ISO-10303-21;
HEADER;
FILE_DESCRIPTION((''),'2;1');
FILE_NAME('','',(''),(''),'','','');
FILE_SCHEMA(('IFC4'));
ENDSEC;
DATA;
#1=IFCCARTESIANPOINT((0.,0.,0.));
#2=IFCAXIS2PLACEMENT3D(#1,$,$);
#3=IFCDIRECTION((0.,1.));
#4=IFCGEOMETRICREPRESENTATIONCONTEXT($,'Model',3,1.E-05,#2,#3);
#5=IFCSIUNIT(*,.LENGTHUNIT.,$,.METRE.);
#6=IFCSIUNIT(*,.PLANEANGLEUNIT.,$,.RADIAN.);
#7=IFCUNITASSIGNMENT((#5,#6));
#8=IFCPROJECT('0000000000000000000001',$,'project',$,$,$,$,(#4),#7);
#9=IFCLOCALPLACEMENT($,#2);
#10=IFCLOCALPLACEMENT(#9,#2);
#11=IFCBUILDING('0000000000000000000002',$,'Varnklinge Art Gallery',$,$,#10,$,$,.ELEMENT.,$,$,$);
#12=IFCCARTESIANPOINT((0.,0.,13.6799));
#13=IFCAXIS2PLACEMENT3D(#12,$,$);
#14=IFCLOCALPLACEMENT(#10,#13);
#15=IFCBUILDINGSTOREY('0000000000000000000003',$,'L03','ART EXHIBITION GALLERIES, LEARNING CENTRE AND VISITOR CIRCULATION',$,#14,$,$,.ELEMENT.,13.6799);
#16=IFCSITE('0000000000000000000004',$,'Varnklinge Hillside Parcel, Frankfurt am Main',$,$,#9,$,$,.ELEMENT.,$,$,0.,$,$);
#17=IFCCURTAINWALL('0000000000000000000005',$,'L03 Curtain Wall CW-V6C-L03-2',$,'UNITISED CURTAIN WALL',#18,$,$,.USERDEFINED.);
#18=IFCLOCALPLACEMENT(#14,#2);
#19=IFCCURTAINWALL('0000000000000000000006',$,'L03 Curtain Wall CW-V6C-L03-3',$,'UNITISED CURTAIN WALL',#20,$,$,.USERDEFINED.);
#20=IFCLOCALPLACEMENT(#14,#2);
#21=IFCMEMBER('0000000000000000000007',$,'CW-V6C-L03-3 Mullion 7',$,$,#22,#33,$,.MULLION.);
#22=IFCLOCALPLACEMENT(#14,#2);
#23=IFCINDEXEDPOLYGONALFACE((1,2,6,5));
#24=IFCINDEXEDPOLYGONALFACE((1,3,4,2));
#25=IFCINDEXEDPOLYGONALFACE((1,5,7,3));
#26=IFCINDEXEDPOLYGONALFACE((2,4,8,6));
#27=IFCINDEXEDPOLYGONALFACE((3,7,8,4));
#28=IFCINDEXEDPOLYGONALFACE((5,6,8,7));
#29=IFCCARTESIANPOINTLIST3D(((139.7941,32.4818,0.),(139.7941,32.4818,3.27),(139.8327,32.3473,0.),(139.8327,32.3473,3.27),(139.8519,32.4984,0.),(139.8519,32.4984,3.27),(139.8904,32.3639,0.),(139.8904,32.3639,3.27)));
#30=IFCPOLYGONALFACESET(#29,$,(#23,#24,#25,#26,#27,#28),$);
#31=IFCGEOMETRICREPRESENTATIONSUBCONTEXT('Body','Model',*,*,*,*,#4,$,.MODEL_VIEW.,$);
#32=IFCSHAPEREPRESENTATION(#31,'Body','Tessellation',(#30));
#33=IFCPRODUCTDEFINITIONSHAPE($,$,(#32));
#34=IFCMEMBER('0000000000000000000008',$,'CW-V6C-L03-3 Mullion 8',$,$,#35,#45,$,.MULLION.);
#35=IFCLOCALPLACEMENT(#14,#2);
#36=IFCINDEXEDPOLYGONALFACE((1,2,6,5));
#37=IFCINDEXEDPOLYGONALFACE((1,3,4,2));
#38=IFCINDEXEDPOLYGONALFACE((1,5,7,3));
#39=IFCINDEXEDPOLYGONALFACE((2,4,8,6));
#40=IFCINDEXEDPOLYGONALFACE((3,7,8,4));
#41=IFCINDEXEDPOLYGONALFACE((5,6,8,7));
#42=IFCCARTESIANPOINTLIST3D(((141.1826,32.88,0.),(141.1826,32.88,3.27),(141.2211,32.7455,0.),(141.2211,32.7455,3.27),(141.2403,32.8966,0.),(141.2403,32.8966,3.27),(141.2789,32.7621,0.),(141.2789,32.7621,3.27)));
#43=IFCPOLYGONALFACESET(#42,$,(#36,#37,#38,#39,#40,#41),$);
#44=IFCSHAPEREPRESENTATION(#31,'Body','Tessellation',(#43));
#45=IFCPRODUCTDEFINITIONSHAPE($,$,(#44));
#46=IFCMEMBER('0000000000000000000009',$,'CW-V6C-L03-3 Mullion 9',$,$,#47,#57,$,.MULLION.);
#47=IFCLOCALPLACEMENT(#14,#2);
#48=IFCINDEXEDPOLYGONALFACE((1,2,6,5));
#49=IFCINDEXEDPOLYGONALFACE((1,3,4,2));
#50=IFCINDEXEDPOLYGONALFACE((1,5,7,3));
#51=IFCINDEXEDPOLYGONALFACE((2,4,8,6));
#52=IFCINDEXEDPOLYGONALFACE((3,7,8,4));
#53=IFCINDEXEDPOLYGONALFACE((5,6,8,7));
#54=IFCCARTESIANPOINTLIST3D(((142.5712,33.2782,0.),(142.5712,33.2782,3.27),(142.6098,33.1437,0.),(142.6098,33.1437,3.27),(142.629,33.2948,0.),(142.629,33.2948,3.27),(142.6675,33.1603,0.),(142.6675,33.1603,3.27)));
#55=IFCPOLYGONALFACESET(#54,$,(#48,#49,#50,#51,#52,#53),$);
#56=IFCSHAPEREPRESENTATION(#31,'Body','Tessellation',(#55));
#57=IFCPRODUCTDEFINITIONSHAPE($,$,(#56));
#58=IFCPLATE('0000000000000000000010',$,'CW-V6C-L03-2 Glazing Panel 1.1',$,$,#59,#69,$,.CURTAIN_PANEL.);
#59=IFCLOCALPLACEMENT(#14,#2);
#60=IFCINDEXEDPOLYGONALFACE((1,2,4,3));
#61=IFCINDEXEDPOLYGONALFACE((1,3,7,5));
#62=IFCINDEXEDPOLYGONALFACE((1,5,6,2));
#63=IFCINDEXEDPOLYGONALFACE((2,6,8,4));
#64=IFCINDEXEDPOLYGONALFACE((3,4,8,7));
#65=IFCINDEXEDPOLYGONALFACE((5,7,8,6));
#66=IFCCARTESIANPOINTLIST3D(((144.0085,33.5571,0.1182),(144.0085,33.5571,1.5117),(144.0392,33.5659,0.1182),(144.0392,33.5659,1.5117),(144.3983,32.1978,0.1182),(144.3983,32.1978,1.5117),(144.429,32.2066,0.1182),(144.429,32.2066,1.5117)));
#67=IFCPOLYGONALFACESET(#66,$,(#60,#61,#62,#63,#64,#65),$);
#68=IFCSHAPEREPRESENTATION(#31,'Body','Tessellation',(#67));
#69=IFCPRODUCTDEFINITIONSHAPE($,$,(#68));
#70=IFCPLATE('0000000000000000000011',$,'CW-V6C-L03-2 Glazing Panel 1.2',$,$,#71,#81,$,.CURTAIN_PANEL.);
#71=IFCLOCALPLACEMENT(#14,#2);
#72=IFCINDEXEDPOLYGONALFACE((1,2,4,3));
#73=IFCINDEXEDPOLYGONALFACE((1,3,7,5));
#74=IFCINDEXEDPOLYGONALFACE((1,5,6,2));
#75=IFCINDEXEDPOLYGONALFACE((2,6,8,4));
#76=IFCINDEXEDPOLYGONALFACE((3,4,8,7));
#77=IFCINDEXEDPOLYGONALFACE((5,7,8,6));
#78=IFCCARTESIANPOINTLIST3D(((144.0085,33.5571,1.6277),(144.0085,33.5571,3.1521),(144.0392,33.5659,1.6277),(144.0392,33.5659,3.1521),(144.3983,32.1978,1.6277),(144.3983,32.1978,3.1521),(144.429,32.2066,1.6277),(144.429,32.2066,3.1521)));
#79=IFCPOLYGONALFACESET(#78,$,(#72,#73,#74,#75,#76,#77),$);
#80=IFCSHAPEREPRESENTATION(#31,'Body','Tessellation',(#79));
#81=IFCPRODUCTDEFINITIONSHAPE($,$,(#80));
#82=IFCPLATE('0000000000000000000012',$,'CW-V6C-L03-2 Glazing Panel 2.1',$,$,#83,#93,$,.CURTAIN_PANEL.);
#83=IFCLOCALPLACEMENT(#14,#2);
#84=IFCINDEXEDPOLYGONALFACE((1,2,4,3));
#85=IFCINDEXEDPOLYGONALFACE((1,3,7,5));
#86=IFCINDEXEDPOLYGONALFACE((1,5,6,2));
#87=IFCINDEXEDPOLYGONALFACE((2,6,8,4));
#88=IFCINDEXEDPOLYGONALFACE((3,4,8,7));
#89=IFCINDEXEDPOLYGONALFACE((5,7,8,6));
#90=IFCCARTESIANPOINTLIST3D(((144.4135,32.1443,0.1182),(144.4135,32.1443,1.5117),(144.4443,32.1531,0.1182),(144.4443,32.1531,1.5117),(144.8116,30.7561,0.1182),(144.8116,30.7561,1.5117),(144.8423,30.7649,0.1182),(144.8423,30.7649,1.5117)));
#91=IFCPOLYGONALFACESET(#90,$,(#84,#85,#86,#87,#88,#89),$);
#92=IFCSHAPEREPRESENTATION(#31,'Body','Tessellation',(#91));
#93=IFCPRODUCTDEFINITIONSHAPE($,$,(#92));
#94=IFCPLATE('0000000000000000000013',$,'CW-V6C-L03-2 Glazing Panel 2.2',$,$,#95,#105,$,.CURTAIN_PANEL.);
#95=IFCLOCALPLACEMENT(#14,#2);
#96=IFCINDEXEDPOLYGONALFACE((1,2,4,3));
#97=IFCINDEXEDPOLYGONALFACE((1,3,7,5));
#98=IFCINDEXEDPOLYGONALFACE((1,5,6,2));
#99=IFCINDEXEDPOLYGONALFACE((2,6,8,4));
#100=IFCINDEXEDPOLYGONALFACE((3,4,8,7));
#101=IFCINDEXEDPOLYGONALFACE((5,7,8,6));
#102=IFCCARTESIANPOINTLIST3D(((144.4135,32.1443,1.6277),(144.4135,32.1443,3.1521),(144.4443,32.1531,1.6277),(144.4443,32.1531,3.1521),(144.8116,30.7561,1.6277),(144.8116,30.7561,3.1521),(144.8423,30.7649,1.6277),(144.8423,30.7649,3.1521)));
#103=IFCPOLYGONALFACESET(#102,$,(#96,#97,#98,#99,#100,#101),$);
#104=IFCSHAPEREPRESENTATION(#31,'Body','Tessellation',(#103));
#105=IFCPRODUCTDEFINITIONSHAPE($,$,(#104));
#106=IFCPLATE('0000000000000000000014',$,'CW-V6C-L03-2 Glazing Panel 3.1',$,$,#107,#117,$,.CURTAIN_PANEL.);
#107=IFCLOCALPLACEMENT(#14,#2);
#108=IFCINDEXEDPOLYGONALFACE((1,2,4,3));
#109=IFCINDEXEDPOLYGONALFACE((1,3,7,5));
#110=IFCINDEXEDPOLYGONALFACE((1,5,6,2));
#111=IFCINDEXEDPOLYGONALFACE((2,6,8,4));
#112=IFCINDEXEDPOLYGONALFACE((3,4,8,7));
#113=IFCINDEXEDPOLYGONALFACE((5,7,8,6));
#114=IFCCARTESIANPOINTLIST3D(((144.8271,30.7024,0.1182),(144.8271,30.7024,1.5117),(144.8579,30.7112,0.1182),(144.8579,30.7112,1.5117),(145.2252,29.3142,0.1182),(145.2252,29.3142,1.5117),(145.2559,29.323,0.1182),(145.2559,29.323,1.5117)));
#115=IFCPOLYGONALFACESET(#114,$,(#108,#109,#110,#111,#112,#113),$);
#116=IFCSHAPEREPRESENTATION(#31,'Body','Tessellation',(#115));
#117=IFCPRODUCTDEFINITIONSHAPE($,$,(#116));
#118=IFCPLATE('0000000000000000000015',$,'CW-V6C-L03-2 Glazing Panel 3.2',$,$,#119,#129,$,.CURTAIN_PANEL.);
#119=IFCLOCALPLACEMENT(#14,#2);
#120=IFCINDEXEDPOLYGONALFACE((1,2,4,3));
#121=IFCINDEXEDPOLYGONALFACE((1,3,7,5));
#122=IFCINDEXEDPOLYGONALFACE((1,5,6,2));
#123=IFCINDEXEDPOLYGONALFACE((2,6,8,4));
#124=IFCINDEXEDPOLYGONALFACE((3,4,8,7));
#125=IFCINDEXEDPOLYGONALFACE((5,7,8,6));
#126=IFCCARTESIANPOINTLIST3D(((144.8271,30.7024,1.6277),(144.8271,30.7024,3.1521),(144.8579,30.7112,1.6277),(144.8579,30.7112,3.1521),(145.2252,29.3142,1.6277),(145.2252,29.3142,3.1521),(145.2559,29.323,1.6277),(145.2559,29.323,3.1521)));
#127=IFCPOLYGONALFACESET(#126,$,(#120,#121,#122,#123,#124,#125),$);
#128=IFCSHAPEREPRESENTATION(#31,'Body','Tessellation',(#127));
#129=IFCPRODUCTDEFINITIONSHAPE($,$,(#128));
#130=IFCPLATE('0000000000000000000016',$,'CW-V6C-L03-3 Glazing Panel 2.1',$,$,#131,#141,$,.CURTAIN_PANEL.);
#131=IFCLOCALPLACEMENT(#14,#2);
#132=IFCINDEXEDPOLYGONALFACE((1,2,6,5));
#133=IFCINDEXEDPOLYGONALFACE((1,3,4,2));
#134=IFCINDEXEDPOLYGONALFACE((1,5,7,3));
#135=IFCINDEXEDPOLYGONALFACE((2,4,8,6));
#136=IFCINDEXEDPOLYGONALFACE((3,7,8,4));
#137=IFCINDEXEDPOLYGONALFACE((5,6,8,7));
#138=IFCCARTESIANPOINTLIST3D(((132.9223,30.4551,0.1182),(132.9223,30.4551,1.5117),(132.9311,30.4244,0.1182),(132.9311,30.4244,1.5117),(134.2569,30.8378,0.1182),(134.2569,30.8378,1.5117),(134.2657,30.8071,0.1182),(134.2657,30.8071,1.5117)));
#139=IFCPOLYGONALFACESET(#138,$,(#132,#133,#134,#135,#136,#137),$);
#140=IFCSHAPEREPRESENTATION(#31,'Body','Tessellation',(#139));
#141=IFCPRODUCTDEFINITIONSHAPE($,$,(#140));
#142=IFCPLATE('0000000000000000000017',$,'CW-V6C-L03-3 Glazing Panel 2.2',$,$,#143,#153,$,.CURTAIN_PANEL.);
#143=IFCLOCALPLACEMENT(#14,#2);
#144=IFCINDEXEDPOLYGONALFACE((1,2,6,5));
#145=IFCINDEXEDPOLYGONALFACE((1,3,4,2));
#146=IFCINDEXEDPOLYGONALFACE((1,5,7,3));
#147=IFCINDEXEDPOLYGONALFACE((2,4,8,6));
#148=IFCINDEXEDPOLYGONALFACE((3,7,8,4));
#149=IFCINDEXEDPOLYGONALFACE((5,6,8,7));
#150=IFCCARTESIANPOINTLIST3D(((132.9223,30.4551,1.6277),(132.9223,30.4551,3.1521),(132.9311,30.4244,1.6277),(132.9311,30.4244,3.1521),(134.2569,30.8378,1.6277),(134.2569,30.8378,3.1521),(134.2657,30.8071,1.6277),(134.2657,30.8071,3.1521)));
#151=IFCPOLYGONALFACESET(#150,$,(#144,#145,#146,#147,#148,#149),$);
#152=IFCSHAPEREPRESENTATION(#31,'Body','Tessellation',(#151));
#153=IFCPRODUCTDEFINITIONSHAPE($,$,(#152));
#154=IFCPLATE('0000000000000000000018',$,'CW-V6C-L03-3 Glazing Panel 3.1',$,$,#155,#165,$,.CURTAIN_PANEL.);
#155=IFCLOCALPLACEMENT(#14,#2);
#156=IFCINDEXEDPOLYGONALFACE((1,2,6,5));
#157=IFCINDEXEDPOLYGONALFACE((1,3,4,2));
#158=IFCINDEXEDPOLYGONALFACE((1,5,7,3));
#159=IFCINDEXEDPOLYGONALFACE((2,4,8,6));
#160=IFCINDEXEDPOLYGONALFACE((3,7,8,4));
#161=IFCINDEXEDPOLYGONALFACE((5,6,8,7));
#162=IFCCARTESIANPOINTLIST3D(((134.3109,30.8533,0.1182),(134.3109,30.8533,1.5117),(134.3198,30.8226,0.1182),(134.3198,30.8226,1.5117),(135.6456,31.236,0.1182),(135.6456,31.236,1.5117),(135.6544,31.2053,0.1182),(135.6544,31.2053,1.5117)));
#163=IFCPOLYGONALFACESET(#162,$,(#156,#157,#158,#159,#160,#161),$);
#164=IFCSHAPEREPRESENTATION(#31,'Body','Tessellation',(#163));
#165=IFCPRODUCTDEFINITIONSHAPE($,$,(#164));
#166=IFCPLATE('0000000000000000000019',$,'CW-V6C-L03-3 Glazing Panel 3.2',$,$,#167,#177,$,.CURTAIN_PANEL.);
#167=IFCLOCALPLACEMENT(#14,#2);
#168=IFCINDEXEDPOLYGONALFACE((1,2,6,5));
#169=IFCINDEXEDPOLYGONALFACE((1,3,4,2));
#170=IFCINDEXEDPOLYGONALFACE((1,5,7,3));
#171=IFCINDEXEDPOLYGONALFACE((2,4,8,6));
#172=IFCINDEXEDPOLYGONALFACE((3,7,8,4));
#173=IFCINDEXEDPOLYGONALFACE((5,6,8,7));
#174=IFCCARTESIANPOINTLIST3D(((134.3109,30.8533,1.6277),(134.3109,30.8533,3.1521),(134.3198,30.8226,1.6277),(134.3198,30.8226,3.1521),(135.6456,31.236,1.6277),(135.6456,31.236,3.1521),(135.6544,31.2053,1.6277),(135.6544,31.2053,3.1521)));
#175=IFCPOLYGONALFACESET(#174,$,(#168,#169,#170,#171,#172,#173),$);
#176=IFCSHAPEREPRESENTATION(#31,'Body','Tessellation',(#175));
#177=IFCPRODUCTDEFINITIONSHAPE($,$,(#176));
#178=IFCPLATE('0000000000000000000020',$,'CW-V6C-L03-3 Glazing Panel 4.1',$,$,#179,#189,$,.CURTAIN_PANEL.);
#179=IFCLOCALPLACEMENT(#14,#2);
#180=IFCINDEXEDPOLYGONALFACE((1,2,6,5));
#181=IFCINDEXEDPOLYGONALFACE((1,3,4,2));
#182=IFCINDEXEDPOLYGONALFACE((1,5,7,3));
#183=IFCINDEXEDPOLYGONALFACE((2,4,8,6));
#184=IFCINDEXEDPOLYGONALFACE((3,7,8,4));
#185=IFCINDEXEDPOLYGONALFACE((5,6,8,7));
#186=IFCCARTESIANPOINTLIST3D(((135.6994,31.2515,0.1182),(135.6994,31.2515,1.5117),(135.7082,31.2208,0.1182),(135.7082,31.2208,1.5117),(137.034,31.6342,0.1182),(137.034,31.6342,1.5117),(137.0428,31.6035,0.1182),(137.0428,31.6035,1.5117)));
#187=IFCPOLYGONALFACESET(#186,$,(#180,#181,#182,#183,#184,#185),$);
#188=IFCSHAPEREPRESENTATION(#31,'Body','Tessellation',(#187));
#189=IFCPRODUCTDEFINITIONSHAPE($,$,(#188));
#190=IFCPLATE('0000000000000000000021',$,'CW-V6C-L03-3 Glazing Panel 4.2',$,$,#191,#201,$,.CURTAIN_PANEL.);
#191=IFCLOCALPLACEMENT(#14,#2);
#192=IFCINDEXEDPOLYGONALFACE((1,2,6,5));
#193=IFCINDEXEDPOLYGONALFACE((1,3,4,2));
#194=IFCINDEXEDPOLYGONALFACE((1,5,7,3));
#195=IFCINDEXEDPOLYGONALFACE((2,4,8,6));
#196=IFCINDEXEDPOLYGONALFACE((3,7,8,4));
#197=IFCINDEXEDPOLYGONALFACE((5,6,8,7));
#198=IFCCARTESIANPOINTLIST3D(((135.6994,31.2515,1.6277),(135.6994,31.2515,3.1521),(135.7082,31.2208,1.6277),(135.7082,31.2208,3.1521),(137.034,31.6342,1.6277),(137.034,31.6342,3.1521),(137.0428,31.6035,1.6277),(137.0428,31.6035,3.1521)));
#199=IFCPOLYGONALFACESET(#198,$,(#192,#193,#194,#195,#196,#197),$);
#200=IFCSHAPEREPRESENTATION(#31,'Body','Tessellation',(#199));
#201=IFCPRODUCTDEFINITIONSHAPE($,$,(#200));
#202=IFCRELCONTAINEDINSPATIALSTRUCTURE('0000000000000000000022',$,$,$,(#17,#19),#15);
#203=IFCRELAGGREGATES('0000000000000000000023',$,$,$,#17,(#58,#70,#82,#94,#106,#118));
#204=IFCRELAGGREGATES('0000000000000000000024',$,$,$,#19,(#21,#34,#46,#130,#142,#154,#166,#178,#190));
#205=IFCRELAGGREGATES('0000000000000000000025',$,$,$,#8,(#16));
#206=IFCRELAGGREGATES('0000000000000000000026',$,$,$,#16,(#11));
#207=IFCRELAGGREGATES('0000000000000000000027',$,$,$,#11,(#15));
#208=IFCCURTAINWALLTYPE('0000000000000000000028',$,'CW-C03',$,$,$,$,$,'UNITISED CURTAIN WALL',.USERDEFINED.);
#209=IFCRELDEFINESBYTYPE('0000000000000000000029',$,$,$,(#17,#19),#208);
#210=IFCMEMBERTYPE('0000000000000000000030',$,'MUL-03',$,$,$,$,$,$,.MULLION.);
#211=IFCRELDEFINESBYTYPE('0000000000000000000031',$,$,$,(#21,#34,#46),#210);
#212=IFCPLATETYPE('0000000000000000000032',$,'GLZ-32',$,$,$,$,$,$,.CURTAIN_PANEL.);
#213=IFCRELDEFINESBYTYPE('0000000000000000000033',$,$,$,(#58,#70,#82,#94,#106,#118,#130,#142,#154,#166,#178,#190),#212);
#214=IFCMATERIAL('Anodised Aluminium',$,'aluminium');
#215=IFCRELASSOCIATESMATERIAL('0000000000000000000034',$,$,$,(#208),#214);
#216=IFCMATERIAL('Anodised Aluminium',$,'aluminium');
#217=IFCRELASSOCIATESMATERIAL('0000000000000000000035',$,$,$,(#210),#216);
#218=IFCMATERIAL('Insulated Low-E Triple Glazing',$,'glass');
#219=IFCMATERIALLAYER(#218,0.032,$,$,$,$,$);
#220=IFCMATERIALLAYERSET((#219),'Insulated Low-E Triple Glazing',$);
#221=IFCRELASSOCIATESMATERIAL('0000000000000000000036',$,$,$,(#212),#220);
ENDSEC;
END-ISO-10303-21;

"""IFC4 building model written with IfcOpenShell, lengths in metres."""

from ifc_helpers import new_model, si_unit, direction, frame, origin, origin_2d, place, context, subcontext, project, spatial, rectangle, extrude, material, layer, layer_set, material_profile, profile_set, type_object, element, aggregate, save


model = new_model("IFC4")

# Units and contexts
model_context = context("Model", 3, precision=1e-05, world=origin(), true_north=direction((0.0, 1.0)))
body_context = subcontext(model_context, "Body", "Model", "MODEL_VIEW")
ifc_project = project(units=[si_unit("LENGTHUNIT", "METRE"), si_unit("PLANEANGLEUNIT", "RADIAN")], contexts=[model_context])

# Site, building, storey
site_placement = place(None, origin())
site = spatial("IfcSite", under=ifc_project, at=site_placement, Name="Varnklinge Hillside Parcel, Frankfurt am Main", CompositionType="ELEMENT", RefElevation=0.0)
building_placement = place(site_placement, origin())
building = spatial("IfcBuilding", under=site, at=building_placement, Name="Varnklinge Art Gallery", CompositionType="ELEMENT")
storey_placement = place(building_placement, frame((0.0, 0.0, 13.6799)))
storey = spatial("IfcBuildingStorey", under=building, at=storey_placement, Name="L03", Description="ART EXHIBITION GALLERIES, LEARNING CENTRE AND VISITOR CIRCULATION", CompositionType="ELEMENT", Elevation=13.6799)

# Curtain walls, members
ifc_material_1 = material(Name="Anodised Aluminium", Category="aluminium")
curtain_wall_type = type_object("IfcCurtainWallType", Name="CW-C03", ElementType="UNITISED CURTAIN WALL", PredefinedType="USERDEFINED", material=ifc_material_1)
curtain_wall_1_placement = place(storey_placement, origin())
curtain_wall_1 = element("IfcCurtainWall", 1, at=curtain_wall_1_placement, inside=storey, type_object=curtain_wall_type, Name="L03 Curtain Wall CW-V6C-L03-2", ObjectType="UNITISED CURTAIN WALL", PredefinedType="USERDEFINED")
ifc_material_2 = material(Name="Anodised Aluminium", Category="aluminium")
ifc_material_profile_1 = material_profile(ifc_material_2, rectangle(XDim=0.0601, YDim=0.1399, at=origin_2d()), Name="ALU 60x140")
ifc_profile_set_1 = profile_set([ifc_material_profile_1], Name="Anodised Aluminium")
member_type = type_object("IfcMemberType", Name="MUL-03", PredefinedType="MULLION", material=ifc_profile_set_1)
curtain_wall_2_placement = place(storey_placement, origin())
curtain_wall_2 = element("IfcCurtainWall", 2, at=curtain_wall_2_placement, inside=storey, type_object=curtain_wall_type, Name="L03 Curtain Wall CW-V6C-L03-3", ObjectType="UNITISED CURTAIN WALL", PredefinedType="USERDEFINED")
member_1_placement = place(storey_placement, frame((139.8423, 32.4229, 0.0), z_axis=(0.0, 0.0, 1.0), x_axis=(0.961262, 0.275637, 0.0)))
member_1 = element("IfcMember", 3, at=member_1_placement, type_object=member_type, Name="CW-V6C-L03-3 Mullion 7", PredefinedType="MULLION", context=body_context, shape_type="SweptSolid", body=[
    extrude(rectangle(XDim=0.0601, YDim=0.1399, at=origin_2d()), origin(), (0.0, 0.0, 1.0), 3.27),
])
member_2_placement = place(storey_placement, frame((141.2307, 32.821, 0.0), z_axis=(0.0, 0.0, 1.0), x_axis=(0.961262, 0.275637, 0.0)))
member_2 = element("IfcMember", 4, at=member_2_placement, type_object=member_type, Name="CW-V6C-L03-3 Mullion 8", PredefinedType="MULLION", context=body_context, shape_type="SweptSolid", body=[
    extrude(rectangle(XDim=0.0601, YDim=0.1399, at=origin_2d()), origin(), (0.0, 0.0, 1.0), 3.27),
])
member_3_placement = place(storey_placement, frame((142.6194, 33.2192, 0.0), z_axis=(0.0, 0.0, 1.0), x_axis=(0.961262, 0.275637, 0.0)))
member_3 = element("IfcMember", 5, at=member_3_placement, type_object=member_type, Name="CW-V6C-L03-3 Mullion 9", PredefinedType="MULLION", context=body_context, shape_type="SweptSolid", body=[
    extrude(rectangle(XDim=0.0601, YDim=0.1399, at=origin_2d()), origin(), (0.0, 0.0, 1.0), 3.27),
])

# Plates
ifc_material_3 = material(Name="Insulated Low-E Triple Glazing", Category="glass")
ifc_layer_1 = layer(ifc_material_3, 0.032)
ifc_layer_set_1 = layer_set([ifc_layer_1], Name="Insulated Low-E Triple Glazing")
plate_type = type_object("IfcPlateType", Name="GLZ-32", PredefinedType="CURTAIN_PANEL", material=ifc_layer_set_1)
plate_1_placement = place(storey_placement, frame((144.2188, 32.8818, 0.1182), z_axis=(0.0, 0.0, 1.0), x_axis=(0.275637, -0.961262, 0.0)))
plate_1 = element("IfcPlate", 6, at=plate_1_placement, type_object=plate_type, Name="CW-V6C-L03-2 Glazing Panel 1.1", PredefinedType="CURTAIN_PANEL", context=body_context, shape_type="SweptSolid", body=[
    extrude(rectangle(XDim=1.4141, YDim=0.032, at=origin_2d()), origin(), (0.0, 0.0, 1.0), 1.3936),
])
plate_2_placement = place(storey_placement, frame((144.2188, 32.8818, 1.6277), z_axis=(0.0, 0.0, 1.0), x_axis=(0.275637, -0.961262, 0.0)))
plate_2 = element("IfcPlate", 7, at=plate_2_placement, type_object=plate_type, Name="CW-V6C-L03-2 Glazing Panel 1.2", PredefinedType="CURTAIN_PANEL", context=body_context, shape_type="SweptSolid", body=[
    extrude(rectangle(XDim=1.4141, YDim=0.032, at=origin_2d()), origin(), (0.0, 0.0, 1.0), 1.5244),
])
plate_3_placement = place(storey_placement, frame((144.6279, 31.4546, 0.1182), z_axis=(0.0, 0.0, 1.0), x_axis=(0.275637, -0.961262, 0.0)))
plate_3 = element("IfcPlate", 8, at=plate_3_placement, type_object=plate_type, Name="CW-V6C-L03-2 Glazing Panel 2.1", PredefinedType="CURTAIN_PANEL", context=body_context, shape_type="SweptSolid", body=[
    extrude(rectangle(XDim=1.4441, YDim=0.032, at=origin_2d()), origin(), (0.0, 0.0, 1.0), 1.3936),
])
plate_4_placement = place(storey_placement, frame((144.6279, 31.4546, 1.6277), z_axis=(0.0, 0.0, 1.0), x_axis=(0.275637, -0.961262, 0.0)))
plate_4 = element("IfcPlate", 9, at=plate_4_placement, type_object=plate_type, Name="CW-V6C-L03-2 Glazing Panel 2.2", PredefinedType="CURTAIN_PANEL", context=body_context, shape_type="SweptSolid", body=[
    extrude(rectangle(XDim=1.4441, YDim=0.032, at=origin_2d()), origin(), (0.0, 0.0, 1.0), 1.5244),
])
plate_5_placement = place(storey_placement, frame((145.0415, 30.0127, 0.1182), z_axis=(0.0, 0.0, 1.0), x_axis=(0.275637, -0.961262, 0.0)))
plate_5 = element("IfcPlate", 10, at=plate_5_placement, type_object=plate_type, Name="CW-V6C-L03-2 Glazing Panel 3.1", PredefinedType="CURTAIN_PANEL", context=body_context, shape_type="SweptSolid", body=[
    extrude(rectangle(XDim=1.4441, YDim=0.032, at=origin_2d()), origin(), (0.0, 0.0, 1.0), 1.3936),
])
plate_6_placement = place(storey_placement, frame((145.0415, 30.0127, 1.6277), z_axis=(0.0, 0.0, 1.0), x_axis=(0.275637, -0.961262, 0.0)))
plate_6 = element("IfcPlate", 11, at=plate_6_placement, type_object=plate_type, Name="CW-V6C-L03-2 Glazing Panel 3.2", PredefinedType="CURTAIN_PANEL", context=body_context, shape_type="SweptSolid", body=[
    extrude(rectangle(XDim=1.4441, YDim=0.032, at=origin_2d()), origin(), (0.0, 0.0, 1.0), 1.5244),
])
aggregate(curtain_wall_1, [plate_1, plate_2, plate_3, plate_4, plate_5, plate_6])
plate_7_placement = place(storey_placement, frame((133.594, 30.6311, 0.1182), z_axis=(0.0, 0.0, 1.0), x_axis=(0.961262, 0.275637, 0.0)))
plate_7 = element("IfcPlate", 12, at=plate_7_placement, type_object=plate_type, Name="CW-V6C-L03-3 Glazing Panel 2.1", PredefinedType="CURTAIN_PANEL", context=body_context, shape_type="SweptSolid", body=[
    extrude(rectangle(XDim=1.3884, YDim=0.032, at=origin_2d()), origin(), (0.0, 0.0, 1.0), 1.3936),
])
plate_8_placement = place(storey_placement, frame((133.594, 30.6311, 1.6277), z_axis=(0.0, 0.0, 1.0), x_axis=(0.961262, 0.275637, 0.0)))
plate_8 = element("IfcPlate", 13, at=plate_8_placement, type_object=plate_type, Name="CW-V6C-L03-3 Glazing Panel 2.2", PredefinedType="CURTAIN_PANEL", context=body_context, shape_type="SweptSolid", body=[
    extrude(rectangle(XDim=1.3884, YDim=0.032, at=origin_2d()), origin(), (0.0, 0.0, 1.0), 1.5244),
])
plate_9_placement = place(storey_placement, frame((134.9827, 31.0293, 0.1182), z_axis=(0.0, 0.0, 1.0), x_axis=(0.961262, 0.275637, 0.0)))
plate_9 = element("IfcPlate", 14, at=plate_9_placement, type_object=plate_type, Name="CW-V6C-L03-3 Glazing Panel 3.1", PredefinedType="CURTAIN_PANEL", context=body_context, shape_type="SweptSolid", body=[
    extrude(rectangle(XDim=1.3884, YDim=0.032, at=origin_2d()), origin(), (0.0, 0.0, 1.0), 1.3936),
])
plate_10_placement = place(storey_placement, frame((134.9827, 31.0293, 1.6277), z_axis=(0.0, 0.0, 1.0), x_axis=(0.961262, 0.275637, 0.0)))
plate_10 = element("IfcPlate", 15, at=plate_10_placement, type_object=plate_type, Name="CW-V6C-L03-3 Glazing Panel 3.2", PredefinedType="CURTAIN_PANEL", context=body_context, shape_type="SweptSolid", body=[
    extrude(rectangle(XDim=1.3884, YDim=0.032, at=origin_2d()), origin(), (0.0, 0.0, 1.0), 1.5244),
])
plate_11_placement = place(storey_placement, frame((136.3711, 31.4275, 0.1182), z_axis=(0.0, 0.0, 1.0), x_axis=(0.961262, 0.275637, 0.0)))
plate_11 = element("IfcPlate", 16, at=plate_11_placement, type_object=plate_type, Name="CW-V6C-L03-3 Glazing Panel 4.1", PredefinedType="CURTAIN_PANEL", context=body_context, shape_type="SweptSolid", body=[
    extrude(rectangle(XDim=1.3884, YDim=0.032, at=origin_2d()), origin(), (0.0, 0.0, 1.0), 1.3936),
])
plate_12_placement = place(storey_placement, frame((136.3711, 31.4275, 1.6277), z_axis=(0.0, 0.0, 1.0), x_axis=(0.961262, 0.275637, 0.0)))
plate_12 = element("IfcPlate", 17, at=plate_12_placement, type_object=plate_type, Name="CW-V6C-L03-3 Glazing Panel 4.2", PredefinedType="CURTAIN_PANEL", context=body_context, shape_type="SweptSolid", body=[
    extrude(rectangle(XDim=1.3884, YDim=0.032, at=origin_2d()), origin(), (0.0, 0.0, 1.0), 1.5244),
])
aggregate(curtain_wall_2, [member_1, member_2, member_3, plate_7, plate_8, plate_9, plate_10, plate_11, plate_12])

save(model, "model.ifc")
